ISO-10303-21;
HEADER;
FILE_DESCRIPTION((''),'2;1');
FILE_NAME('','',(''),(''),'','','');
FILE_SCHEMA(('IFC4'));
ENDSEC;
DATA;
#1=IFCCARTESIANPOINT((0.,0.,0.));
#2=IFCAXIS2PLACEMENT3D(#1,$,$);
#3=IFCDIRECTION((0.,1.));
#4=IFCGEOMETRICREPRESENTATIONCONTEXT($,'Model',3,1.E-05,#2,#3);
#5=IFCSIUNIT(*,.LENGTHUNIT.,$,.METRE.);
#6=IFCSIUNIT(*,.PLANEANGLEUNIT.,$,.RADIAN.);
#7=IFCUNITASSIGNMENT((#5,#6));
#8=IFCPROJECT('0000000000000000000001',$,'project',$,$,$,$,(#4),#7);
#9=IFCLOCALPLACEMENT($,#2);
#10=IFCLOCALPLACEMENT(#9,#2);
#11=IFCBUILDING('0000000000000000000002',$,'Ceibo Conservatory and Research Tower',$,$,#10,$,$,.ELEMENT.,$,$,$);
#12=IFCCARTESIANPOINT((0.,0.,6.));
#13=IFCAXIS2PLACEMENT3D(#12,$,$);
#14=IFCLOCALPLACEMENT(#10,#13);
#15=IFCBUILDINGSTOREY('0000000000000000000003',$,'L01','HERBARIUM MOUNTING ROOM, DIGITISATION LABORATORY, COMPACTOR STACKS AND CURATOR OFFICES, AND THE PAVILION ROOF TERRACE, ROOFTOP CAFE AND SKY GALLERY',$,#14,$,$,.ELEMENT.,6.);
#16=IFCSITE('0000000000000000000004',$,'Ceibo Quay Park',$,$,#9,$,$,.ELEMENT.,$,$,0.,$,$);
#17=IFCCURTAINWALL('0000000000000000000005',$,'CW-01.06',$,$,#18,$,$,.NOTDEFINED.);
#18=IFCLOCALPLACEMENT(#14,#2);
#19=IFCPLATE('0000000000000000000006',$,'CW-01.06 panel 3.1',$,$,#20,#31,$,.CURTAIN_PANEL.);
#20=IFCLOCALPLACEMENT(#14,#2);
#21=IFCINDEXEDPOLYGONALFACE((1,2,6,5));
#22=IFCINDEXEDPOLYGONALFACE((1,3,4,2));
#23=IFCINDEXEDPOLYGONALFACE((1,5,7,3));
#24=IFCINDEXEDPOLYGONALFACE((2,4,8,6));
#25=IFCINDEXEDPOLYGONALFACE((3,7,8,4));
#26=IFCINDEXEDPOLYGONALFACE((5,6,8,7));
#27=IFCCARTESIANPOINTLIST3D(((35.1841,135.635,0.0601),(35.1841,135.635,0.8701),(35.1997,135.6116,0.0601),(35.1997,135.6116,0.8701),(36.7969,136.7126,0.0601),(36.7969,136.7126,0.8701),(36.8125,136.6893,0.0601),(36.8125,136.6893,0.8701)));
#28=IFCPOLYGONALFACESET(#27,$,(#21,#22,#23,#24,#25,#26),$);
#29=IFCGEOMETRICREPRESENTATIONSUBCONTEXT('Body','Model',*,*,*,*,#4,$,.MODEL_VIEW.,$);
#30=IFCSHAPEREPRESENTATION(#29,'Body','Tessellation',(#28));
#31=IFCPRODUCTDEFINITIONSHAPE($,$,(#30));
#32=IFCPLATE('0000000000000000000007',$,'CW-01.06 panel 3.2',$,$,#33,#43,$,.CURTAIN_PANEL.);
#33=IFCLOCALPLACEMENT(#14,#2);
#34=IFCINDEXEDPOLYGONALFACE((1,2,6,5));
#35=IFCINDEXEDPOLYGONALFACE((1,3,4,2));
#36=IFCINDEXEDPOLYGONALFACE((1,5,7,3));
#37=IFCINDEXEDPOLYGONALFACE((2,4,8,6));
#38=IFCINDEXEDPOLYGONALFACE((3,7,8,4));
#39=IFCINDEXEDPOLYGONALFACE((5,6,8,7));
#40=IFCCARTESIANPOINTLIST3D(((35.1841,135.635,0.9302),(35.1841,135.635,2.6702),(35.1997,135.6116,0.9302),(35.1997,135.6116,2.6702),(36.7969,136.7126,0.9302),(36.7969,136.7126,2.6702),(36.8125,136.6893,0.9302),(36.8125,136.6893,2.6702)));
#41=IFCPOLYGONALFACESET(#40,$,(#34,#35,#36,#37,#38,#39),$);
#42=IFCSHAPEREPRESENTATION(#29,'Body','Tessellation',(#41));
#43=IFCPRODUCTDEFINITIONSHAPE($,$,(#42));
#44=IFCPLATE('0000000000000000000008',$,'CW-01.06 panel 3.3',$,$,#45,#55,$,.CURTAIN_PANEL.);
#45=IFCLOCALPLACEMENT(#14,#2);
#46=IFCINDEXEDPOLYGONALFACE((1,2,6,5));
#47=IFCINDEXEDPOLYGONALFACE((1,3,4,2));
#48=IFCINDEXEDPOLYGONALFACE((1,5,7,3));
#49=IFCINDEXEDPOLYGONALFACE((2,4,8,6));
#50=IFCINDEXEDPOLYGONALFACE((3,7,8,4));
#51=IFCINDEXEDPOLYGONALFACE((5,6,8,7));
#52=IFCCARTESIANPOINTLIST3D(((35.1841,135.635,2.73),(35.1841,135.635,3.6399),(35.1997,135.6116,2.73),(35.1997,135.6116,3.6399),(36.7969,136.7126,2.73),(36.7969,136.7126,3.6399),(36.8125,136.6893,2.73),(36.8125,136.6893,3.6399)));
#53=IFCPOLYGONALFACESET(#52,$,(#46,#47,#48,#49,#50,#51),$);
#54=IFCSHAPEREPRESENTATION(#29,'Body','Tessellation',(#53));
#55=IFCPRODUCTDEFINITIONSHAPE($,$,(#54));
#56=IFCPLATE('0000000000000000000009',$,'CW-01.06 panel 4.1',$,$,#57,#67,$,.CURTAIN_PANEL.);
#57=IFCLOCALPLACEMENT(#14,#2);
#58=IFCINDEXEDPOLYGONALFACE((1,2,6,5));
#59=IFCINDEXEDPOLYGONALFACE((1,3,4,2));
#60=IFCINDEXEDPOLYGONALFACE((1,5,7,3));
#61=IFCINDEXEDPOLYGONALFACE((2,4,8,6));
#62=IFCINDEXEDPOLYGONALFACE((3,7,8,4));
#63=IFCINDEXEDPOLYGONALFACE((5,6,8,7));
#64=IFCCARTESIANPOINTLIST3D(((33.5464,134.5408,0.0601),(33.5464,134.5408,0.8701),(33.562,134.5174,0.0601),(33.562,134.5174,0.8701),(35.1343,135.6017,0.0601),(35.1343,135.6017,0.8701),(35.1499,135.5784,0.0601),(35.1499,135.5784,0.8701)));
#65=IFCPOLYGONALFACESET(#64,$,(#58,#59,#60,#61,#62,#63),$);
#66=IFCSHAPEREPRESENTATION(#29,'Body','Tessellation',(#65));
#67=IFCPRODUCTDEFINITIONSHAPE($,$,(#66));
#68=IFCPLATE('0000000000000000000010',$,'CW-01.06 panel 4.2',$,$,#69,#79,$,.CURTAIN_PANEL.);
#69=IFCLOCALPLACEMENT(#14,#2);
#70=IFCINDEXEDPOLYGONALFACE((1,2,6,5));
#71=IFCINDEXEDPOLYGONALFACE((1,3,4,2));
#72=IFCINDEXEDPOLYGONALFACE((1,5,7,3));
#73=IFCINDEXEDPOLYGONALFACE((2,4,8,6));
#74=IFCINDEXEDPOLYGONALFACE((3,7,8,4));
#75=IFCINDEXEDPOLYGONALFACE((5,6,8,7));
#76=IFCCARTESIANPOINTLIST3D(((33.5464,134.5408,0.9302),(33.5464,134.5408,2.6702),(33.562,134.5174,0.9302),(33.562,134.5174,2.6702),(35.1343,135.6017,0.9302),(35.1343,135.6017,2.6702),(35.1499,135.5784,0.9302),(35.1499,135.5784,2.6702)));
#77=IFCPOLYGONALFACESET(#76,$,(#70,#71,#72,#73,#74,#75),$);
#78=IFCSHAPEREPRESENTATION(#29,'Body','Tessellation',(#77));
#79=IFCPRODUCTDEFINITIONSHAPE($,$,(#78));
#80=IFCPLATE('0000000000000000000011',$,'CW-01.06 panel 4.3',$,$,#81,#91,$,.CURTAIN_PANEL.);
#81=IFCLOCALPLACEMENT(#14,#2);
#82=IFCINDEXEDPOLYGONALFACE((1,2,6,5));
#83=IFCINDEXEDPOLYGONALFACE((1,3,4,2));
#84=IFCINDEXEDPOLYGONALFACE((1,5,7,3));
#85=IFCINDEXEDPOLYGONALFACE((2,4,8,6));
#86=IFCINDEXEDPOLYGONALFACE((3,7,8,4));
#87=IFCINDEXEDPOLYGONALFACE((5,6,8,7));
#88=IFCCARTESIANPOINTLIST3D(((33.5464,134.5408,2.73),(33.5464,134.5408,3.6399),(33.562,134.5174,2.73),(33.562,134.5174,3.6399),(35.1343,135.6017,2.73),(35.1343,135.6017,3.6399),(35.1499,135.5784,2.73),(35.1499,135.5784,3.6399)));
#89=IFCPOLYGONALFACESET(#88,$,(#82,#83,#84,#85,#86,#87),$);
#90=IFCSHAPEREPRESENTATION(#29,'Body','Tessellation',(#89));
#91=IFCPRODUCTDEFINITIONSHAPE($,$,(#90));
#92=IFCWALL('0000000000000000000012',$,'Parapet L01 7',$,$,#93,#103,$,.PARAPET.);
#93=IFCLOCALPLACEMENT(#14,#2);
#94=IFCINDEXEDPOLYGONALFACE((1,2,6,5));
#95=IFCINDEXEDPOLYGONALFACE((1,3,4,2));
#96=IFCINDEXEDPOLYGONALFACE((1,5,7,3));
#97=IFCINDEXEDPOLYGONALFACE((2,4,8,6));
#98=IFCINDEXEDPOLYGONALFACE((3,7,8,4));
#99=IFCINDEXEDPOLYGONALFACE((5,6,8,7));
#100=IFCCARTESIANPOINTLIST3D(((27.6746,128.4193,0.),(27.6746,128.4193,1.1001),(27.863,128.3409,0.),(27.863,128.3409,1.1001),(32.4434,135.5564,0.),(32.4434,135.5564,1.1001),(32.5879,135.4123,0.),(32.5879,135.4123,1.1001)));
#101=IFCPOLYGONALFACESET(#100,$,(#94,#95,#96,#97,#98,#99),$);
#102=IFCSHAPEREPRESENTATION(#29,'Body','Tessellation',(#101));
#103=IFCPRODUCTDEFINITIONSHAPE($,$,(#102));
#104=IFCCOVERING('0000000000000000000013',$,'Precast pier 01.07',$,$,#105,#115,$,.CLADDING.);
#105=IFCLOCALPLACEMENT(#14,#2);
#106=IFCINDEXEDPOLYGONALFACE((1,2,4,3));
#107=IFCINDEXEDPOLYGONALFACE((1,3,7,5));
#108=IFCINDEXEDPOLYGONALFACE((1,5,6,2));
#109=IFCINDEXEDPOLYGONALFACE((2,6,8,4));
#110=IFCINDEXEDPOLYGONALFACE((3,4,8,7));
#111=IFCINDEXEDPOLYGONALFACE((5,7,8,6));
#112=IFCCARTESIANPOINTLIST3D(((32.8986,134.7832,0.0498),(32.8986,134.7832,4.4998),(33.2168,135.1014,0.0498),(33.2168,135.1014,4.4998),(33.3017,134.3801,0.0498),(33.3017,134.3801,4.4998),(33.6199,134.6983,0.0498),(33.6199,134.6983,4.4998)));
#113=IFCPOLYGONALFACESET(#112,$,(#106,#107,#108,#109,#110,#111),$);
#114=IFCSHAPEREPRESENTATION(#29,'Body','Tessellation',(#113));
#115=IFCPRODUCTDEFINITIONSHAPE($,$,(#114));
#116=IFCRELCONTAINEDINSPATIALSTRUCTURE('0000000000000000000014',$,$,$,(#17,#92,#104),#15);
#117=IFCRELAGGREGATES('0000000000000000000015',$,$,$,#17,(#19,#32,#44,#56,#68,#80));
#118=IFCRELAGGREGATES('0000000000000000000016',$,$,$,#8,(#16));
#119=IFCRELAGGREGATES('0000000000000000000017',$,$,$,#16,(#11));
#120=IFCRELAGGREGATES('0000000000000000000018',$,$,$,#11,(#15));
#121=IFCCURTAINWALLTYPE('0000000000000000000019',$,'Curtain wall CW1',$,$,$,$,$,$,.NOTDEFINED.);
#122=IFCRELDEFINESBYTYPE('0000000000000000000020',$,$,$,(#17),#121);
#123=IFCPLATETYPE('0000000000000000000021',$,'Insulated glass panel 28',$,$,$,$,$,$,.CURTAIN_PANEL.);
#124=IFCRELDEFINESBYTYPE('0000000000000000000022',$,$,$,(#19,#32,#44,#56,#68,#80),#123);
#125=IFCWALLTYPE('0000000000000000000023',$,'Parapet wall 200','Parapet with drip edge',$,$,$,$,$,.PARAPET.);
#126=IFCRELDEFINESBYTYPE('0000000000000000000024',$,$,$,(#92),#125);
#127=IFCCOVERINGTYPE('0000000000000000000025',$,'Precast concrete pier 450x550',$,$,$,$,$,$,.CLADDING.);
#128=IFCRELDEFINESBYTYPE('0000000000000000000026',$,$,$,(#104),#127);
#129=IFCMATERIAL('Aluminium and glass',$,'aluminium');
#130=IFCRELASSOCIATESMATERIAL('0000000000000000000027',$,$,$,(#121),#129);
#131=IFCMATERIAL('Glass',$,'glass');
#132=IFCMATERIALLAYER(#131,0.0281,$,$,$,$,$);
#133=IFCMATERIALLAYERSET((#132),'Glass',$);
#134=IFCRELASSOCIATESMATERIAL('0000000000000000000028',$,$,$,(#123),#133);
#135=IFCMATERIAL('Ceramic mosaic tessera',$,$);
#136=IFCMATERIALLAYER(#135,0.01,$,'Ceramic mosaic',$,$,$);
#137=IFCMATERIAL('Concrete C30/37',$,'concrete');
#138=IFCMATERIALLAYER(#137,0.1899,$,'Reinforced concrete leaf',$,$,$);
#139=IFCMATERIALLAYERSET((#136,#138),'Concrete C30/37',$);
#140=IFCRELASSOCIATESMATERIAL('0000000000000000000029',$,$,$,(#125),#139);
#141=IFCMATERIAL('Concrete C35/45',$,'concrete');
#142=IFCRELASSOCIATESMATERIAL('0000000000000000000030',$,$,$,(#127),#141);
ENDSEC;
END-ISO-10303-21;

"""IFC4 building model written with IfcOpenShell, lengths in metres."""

from ifc_helpers import new_model, si_unit, direction, frame, origin, origin_2d, place, context, subcontext, project, spatial, polyline, rectangle, outline, extrude, material, layer, layer_set, type_object, element, aggregate, save


model = new_model("IFC4")

# Units and contexts
model_context = context("Model", 3, precision=1e-05, world=origin(), true_north=direction((0.0, 1.0)))
body_context = subcontext(model_context, "Body", "Model", "MODEL_VIEW")
ifc_project = project(units=[si_unit("LENGTHUNIT", "METRE"), si_unit("PLANEANGLEUNIT", "RADIAN")], contexts=[model_context])

# Site, building, storey
site_placement = place(None, origin())
site = spatial("IfcSite", under=ifc_project, at=site_placement, Name="Ceibo Quay Park", CompositionType="ELEMENT", RefElevation=0.0)
building_placement = place(site_placement, origin())
building = spatial("IfcBuilding", under=site, at=building_placement, Name="Ceibo Conservatory and Research Tower", CompositionType="ELEMENT")
storey_placement = place(building_placement, frame((0.0, 0.0, 6.0)))
storey = spatial("IfcBuildingStorey", under=building, at=storey_placement, Name="L01", Description="HERBARIUM MOUNTING ROOM, DIGITISATION LABORATORY, COMPACTOR STACKS AND CURATOR OFFICES, AND THE PAVILION ROOF TERRACE, ROOFTOP CAFE AND SKY GALLERY", CompositionType="ELEMENT", Elevation=6.0)

# Curtain wall
ifc_material_1 = material(Name="Aluminium and glass", Category="aluminium")
curtain_wall_type = type_object("IfcCurtainWallType", Name="Curtain wall CW1", PredefinedType="NOTDEFINED", material=ifc_material_1)
curtain_wall_1_placement = place(storey_placement, origin())
curtain_wall_1 = element("IfcCurtainWall", 1, at=curtain_wall_1_placement, inside=storey, type_object=curtain_wall_type, Name="CW-01.06", PredefinedType="NOTDEFINED")

# Shared definitions
ifc_material_2 = material(Name="Concrete C35/45", Category="concrete")

# Plates
ifc_material_3 = material(Name="Glass", Category="glass")
ifc_layer_1 = layer(ifc_material_3, 0.0281)
ifc_layer_set_1 = layer_set([ifc_layer_1], Name="Glass")
plate_type = type_object("IfcPlateType", Name="Insulated glass panel 28", PredefinedType="CURTAIN_PANEL", material=ifc_layer_set_1)
plate_1_placement = place(storey_placement, frame((35.9983, 136.1621, 0.0601), z_axis=(0.0, 0.0, 1.0), x_axis=(-0.83147, -0.55557, 0.0)))
plate_1 = element("IfcPlate", 2, at=plate_1_placement, type_object=plate_type, Name="CW-01.06 panel 3.1", PredefinedType="CURTAIN_PANEL", context=body_context, shape_type="SweptSolid", body=[
    extrude(rectangle(XDim=1.9397, YDim=0.0281, at=origin_2d()), origin(), (0.0, 0.0, 1.0), 0.8101),
])
plate_2_placement = place(storey_placement, frame((35.9983, 136.1621, 0.9302), z_axis=(0.0, 0.0, 1.0), x_axis=(-0.83147, -0.55557, 0.0)))
plate_2 = element("IfcPlate", 3, at=plate_2_placement, type_object=plate_type, Name="CW-01.06 panel 3.2", PredefinedType="CURTAIN_PANEL", context=body_context, shape_type="SweptSolid", body=[
    extrude(rectangle(XDim=1.9397, YDim=0.0281, at=origin_2d()), origin(), (0.0, 0.0, 1.0), 1.74),
])
plate_3_placement = place(storey_placement, frame((35.9983, 136.1621, 2.73), z_axis=(0.0, 0.0, 1.0), x_axis=(-0.83147, -0.55557, 0.0)))
plate_3 = element("IfcPlate", 4, at=plate_3_placement, type_object=plate_type, Name="CW-01.06 panel 3.3", PredefinedType="CURTAIN_PANEL", context=body_context, shape_type="SweptSolid", body=[
    extrude(rectangle(XDim=1.9397, YDim=0.0281, at=origin_2d()), origin(), (0.0, 0.0, 1.0), 0.9099),
])
plate_4_placement = place(storey_placement, frame((34.3481, 135.0596, 0.0601), z_axis=(0.0, 0.0, 1.0), x_axis=(-0.83147, -0.55557, 0.0)))
plate_4 = element("IfcPlate", 5, at=plate_4_placement, type_object=plate_type, Name="CW-01.06 panel 4.1", PredefinedType="CURTAIN_PANEL", context=body_context, shape_type="SweptSolid", body=[
    extrude(rectangle(XDim=1.9097, YDim=0.0281, at=origin_2d()), origin(), (0.0, 0.0, 1.0), 0.8101),
])
plate_5_placement = place(storey_placement, frame((34.3481, 135.0596, 0.9302), z_axis=(0.0, 0.0, 1.0), x_axis=(-0.83147, -0.55557, 0.0)))
plate_5 = element("IfcPlate", 6, at=plate_5_placement, type_object=plate_type, Name="CW-01.06 panel 4.2", PredefinedType="CURTAIN_PANEL", context=body_context, shape_type="SweptSolid", body=[
    extrude(rectangle(XDim=1.9097, YDim=0.0281, at=origin_2d()), origin(), (0.0, 0.0, 1.0), 1.74),
])
plate_6_placement = place(storey_placement, frame((34.3481, 135.0596, 2.73), z_axis=(0.0, 0.0, 1.0), x_axis=(-0.83147, -0.55557, 0.0)))
plate_6 = element("IfcPlate", 7, at=plate_6_placement, type_object=plate_type, Name="CW-01.06 panel 4.3", PredefinedType="CURTAIN_PANEL", context=body_context, shape_type="SweptSolid", body=[
    extrude(rectangle(XDim=1.9097, YDim=0.0281, at=origin_2d()), origin(), (0.0, 0.0, 1.0), 0.9099),
])
aggregate(curtain_wall_1, [plate_1, plate_2, plate_3, plate_4, plate_5, plate_6])

# Wall
ifc_material_4 = material(Name="Ceramic mosaic tessera")
ifc_layer_2 = layer(ifc_material_4, 0.01, Name="Ceramic mosaic")
ifc_material_5 = material(Name="Concrete C30/37", Category="concrete")
ifc_layer_3 = layer(ifc_material_5, 0.1899, Name="Reinforced concrete leaf")
ifc_layer_set_2 = layer_set([ifc_layer_2, ifc_layer_3], Name="Concrete C30/37")
wall_type = type_object("IfcWallType", Name="Parapet wall 200", Description="Parapet with drip edge", PredefinedType="PARAPET", material=ifc_layer_set_2)
wall_placement = place(storey_placement, frame((32.5156, 135.4844, 0.0), z_axis=(0.0, 0.0, 1.0), x_axis=(-0.555564, -0.831474, 0.0)))
element("IfcWall", 8, at=wall_placement, inside=storey, type_object=wall_type, Name="Parapet L01 7", PredefinedType="PARAPET", context=body_context, shape_type="SweptSolid", body=[
    extrude(outline(polyline([(-0.0198, -0.1001), (8.564, -0.1001), (8.5244, 0.1001), (0.0198, 0.1001), (-0.0198, -0.1001)])), origin(), (0.0, 0.0, 1.0), 1.1001),
])

# Covering
covering_type = type_object("IfcCoveringType", Name="Precast concrete pier 450x550", PredefinedType="CLADDING", material=ifc_material_2)
covering_placement = place(storey_placement, frame((33.2593, 134.7407, 0.0498), z_axis=(0.0, 0.0, 1.0), x_axis=(-0.707107, 0.707107, 0.0)))
element("IfcCovering", 9, at=covering_placement, inside=storey, type_object=covering_type, Name="Precast pier 01.07", PredefinedType="CLADDING", context=body_context, shape_type="SweptSolid", body=[
    extrude(rectangle(XDim=0.5701, YDim=0.45, at=origin_2d()), origin(), (0.0, 0.0, 1.0), 4.45),
])

save(model, "model.ifc")
